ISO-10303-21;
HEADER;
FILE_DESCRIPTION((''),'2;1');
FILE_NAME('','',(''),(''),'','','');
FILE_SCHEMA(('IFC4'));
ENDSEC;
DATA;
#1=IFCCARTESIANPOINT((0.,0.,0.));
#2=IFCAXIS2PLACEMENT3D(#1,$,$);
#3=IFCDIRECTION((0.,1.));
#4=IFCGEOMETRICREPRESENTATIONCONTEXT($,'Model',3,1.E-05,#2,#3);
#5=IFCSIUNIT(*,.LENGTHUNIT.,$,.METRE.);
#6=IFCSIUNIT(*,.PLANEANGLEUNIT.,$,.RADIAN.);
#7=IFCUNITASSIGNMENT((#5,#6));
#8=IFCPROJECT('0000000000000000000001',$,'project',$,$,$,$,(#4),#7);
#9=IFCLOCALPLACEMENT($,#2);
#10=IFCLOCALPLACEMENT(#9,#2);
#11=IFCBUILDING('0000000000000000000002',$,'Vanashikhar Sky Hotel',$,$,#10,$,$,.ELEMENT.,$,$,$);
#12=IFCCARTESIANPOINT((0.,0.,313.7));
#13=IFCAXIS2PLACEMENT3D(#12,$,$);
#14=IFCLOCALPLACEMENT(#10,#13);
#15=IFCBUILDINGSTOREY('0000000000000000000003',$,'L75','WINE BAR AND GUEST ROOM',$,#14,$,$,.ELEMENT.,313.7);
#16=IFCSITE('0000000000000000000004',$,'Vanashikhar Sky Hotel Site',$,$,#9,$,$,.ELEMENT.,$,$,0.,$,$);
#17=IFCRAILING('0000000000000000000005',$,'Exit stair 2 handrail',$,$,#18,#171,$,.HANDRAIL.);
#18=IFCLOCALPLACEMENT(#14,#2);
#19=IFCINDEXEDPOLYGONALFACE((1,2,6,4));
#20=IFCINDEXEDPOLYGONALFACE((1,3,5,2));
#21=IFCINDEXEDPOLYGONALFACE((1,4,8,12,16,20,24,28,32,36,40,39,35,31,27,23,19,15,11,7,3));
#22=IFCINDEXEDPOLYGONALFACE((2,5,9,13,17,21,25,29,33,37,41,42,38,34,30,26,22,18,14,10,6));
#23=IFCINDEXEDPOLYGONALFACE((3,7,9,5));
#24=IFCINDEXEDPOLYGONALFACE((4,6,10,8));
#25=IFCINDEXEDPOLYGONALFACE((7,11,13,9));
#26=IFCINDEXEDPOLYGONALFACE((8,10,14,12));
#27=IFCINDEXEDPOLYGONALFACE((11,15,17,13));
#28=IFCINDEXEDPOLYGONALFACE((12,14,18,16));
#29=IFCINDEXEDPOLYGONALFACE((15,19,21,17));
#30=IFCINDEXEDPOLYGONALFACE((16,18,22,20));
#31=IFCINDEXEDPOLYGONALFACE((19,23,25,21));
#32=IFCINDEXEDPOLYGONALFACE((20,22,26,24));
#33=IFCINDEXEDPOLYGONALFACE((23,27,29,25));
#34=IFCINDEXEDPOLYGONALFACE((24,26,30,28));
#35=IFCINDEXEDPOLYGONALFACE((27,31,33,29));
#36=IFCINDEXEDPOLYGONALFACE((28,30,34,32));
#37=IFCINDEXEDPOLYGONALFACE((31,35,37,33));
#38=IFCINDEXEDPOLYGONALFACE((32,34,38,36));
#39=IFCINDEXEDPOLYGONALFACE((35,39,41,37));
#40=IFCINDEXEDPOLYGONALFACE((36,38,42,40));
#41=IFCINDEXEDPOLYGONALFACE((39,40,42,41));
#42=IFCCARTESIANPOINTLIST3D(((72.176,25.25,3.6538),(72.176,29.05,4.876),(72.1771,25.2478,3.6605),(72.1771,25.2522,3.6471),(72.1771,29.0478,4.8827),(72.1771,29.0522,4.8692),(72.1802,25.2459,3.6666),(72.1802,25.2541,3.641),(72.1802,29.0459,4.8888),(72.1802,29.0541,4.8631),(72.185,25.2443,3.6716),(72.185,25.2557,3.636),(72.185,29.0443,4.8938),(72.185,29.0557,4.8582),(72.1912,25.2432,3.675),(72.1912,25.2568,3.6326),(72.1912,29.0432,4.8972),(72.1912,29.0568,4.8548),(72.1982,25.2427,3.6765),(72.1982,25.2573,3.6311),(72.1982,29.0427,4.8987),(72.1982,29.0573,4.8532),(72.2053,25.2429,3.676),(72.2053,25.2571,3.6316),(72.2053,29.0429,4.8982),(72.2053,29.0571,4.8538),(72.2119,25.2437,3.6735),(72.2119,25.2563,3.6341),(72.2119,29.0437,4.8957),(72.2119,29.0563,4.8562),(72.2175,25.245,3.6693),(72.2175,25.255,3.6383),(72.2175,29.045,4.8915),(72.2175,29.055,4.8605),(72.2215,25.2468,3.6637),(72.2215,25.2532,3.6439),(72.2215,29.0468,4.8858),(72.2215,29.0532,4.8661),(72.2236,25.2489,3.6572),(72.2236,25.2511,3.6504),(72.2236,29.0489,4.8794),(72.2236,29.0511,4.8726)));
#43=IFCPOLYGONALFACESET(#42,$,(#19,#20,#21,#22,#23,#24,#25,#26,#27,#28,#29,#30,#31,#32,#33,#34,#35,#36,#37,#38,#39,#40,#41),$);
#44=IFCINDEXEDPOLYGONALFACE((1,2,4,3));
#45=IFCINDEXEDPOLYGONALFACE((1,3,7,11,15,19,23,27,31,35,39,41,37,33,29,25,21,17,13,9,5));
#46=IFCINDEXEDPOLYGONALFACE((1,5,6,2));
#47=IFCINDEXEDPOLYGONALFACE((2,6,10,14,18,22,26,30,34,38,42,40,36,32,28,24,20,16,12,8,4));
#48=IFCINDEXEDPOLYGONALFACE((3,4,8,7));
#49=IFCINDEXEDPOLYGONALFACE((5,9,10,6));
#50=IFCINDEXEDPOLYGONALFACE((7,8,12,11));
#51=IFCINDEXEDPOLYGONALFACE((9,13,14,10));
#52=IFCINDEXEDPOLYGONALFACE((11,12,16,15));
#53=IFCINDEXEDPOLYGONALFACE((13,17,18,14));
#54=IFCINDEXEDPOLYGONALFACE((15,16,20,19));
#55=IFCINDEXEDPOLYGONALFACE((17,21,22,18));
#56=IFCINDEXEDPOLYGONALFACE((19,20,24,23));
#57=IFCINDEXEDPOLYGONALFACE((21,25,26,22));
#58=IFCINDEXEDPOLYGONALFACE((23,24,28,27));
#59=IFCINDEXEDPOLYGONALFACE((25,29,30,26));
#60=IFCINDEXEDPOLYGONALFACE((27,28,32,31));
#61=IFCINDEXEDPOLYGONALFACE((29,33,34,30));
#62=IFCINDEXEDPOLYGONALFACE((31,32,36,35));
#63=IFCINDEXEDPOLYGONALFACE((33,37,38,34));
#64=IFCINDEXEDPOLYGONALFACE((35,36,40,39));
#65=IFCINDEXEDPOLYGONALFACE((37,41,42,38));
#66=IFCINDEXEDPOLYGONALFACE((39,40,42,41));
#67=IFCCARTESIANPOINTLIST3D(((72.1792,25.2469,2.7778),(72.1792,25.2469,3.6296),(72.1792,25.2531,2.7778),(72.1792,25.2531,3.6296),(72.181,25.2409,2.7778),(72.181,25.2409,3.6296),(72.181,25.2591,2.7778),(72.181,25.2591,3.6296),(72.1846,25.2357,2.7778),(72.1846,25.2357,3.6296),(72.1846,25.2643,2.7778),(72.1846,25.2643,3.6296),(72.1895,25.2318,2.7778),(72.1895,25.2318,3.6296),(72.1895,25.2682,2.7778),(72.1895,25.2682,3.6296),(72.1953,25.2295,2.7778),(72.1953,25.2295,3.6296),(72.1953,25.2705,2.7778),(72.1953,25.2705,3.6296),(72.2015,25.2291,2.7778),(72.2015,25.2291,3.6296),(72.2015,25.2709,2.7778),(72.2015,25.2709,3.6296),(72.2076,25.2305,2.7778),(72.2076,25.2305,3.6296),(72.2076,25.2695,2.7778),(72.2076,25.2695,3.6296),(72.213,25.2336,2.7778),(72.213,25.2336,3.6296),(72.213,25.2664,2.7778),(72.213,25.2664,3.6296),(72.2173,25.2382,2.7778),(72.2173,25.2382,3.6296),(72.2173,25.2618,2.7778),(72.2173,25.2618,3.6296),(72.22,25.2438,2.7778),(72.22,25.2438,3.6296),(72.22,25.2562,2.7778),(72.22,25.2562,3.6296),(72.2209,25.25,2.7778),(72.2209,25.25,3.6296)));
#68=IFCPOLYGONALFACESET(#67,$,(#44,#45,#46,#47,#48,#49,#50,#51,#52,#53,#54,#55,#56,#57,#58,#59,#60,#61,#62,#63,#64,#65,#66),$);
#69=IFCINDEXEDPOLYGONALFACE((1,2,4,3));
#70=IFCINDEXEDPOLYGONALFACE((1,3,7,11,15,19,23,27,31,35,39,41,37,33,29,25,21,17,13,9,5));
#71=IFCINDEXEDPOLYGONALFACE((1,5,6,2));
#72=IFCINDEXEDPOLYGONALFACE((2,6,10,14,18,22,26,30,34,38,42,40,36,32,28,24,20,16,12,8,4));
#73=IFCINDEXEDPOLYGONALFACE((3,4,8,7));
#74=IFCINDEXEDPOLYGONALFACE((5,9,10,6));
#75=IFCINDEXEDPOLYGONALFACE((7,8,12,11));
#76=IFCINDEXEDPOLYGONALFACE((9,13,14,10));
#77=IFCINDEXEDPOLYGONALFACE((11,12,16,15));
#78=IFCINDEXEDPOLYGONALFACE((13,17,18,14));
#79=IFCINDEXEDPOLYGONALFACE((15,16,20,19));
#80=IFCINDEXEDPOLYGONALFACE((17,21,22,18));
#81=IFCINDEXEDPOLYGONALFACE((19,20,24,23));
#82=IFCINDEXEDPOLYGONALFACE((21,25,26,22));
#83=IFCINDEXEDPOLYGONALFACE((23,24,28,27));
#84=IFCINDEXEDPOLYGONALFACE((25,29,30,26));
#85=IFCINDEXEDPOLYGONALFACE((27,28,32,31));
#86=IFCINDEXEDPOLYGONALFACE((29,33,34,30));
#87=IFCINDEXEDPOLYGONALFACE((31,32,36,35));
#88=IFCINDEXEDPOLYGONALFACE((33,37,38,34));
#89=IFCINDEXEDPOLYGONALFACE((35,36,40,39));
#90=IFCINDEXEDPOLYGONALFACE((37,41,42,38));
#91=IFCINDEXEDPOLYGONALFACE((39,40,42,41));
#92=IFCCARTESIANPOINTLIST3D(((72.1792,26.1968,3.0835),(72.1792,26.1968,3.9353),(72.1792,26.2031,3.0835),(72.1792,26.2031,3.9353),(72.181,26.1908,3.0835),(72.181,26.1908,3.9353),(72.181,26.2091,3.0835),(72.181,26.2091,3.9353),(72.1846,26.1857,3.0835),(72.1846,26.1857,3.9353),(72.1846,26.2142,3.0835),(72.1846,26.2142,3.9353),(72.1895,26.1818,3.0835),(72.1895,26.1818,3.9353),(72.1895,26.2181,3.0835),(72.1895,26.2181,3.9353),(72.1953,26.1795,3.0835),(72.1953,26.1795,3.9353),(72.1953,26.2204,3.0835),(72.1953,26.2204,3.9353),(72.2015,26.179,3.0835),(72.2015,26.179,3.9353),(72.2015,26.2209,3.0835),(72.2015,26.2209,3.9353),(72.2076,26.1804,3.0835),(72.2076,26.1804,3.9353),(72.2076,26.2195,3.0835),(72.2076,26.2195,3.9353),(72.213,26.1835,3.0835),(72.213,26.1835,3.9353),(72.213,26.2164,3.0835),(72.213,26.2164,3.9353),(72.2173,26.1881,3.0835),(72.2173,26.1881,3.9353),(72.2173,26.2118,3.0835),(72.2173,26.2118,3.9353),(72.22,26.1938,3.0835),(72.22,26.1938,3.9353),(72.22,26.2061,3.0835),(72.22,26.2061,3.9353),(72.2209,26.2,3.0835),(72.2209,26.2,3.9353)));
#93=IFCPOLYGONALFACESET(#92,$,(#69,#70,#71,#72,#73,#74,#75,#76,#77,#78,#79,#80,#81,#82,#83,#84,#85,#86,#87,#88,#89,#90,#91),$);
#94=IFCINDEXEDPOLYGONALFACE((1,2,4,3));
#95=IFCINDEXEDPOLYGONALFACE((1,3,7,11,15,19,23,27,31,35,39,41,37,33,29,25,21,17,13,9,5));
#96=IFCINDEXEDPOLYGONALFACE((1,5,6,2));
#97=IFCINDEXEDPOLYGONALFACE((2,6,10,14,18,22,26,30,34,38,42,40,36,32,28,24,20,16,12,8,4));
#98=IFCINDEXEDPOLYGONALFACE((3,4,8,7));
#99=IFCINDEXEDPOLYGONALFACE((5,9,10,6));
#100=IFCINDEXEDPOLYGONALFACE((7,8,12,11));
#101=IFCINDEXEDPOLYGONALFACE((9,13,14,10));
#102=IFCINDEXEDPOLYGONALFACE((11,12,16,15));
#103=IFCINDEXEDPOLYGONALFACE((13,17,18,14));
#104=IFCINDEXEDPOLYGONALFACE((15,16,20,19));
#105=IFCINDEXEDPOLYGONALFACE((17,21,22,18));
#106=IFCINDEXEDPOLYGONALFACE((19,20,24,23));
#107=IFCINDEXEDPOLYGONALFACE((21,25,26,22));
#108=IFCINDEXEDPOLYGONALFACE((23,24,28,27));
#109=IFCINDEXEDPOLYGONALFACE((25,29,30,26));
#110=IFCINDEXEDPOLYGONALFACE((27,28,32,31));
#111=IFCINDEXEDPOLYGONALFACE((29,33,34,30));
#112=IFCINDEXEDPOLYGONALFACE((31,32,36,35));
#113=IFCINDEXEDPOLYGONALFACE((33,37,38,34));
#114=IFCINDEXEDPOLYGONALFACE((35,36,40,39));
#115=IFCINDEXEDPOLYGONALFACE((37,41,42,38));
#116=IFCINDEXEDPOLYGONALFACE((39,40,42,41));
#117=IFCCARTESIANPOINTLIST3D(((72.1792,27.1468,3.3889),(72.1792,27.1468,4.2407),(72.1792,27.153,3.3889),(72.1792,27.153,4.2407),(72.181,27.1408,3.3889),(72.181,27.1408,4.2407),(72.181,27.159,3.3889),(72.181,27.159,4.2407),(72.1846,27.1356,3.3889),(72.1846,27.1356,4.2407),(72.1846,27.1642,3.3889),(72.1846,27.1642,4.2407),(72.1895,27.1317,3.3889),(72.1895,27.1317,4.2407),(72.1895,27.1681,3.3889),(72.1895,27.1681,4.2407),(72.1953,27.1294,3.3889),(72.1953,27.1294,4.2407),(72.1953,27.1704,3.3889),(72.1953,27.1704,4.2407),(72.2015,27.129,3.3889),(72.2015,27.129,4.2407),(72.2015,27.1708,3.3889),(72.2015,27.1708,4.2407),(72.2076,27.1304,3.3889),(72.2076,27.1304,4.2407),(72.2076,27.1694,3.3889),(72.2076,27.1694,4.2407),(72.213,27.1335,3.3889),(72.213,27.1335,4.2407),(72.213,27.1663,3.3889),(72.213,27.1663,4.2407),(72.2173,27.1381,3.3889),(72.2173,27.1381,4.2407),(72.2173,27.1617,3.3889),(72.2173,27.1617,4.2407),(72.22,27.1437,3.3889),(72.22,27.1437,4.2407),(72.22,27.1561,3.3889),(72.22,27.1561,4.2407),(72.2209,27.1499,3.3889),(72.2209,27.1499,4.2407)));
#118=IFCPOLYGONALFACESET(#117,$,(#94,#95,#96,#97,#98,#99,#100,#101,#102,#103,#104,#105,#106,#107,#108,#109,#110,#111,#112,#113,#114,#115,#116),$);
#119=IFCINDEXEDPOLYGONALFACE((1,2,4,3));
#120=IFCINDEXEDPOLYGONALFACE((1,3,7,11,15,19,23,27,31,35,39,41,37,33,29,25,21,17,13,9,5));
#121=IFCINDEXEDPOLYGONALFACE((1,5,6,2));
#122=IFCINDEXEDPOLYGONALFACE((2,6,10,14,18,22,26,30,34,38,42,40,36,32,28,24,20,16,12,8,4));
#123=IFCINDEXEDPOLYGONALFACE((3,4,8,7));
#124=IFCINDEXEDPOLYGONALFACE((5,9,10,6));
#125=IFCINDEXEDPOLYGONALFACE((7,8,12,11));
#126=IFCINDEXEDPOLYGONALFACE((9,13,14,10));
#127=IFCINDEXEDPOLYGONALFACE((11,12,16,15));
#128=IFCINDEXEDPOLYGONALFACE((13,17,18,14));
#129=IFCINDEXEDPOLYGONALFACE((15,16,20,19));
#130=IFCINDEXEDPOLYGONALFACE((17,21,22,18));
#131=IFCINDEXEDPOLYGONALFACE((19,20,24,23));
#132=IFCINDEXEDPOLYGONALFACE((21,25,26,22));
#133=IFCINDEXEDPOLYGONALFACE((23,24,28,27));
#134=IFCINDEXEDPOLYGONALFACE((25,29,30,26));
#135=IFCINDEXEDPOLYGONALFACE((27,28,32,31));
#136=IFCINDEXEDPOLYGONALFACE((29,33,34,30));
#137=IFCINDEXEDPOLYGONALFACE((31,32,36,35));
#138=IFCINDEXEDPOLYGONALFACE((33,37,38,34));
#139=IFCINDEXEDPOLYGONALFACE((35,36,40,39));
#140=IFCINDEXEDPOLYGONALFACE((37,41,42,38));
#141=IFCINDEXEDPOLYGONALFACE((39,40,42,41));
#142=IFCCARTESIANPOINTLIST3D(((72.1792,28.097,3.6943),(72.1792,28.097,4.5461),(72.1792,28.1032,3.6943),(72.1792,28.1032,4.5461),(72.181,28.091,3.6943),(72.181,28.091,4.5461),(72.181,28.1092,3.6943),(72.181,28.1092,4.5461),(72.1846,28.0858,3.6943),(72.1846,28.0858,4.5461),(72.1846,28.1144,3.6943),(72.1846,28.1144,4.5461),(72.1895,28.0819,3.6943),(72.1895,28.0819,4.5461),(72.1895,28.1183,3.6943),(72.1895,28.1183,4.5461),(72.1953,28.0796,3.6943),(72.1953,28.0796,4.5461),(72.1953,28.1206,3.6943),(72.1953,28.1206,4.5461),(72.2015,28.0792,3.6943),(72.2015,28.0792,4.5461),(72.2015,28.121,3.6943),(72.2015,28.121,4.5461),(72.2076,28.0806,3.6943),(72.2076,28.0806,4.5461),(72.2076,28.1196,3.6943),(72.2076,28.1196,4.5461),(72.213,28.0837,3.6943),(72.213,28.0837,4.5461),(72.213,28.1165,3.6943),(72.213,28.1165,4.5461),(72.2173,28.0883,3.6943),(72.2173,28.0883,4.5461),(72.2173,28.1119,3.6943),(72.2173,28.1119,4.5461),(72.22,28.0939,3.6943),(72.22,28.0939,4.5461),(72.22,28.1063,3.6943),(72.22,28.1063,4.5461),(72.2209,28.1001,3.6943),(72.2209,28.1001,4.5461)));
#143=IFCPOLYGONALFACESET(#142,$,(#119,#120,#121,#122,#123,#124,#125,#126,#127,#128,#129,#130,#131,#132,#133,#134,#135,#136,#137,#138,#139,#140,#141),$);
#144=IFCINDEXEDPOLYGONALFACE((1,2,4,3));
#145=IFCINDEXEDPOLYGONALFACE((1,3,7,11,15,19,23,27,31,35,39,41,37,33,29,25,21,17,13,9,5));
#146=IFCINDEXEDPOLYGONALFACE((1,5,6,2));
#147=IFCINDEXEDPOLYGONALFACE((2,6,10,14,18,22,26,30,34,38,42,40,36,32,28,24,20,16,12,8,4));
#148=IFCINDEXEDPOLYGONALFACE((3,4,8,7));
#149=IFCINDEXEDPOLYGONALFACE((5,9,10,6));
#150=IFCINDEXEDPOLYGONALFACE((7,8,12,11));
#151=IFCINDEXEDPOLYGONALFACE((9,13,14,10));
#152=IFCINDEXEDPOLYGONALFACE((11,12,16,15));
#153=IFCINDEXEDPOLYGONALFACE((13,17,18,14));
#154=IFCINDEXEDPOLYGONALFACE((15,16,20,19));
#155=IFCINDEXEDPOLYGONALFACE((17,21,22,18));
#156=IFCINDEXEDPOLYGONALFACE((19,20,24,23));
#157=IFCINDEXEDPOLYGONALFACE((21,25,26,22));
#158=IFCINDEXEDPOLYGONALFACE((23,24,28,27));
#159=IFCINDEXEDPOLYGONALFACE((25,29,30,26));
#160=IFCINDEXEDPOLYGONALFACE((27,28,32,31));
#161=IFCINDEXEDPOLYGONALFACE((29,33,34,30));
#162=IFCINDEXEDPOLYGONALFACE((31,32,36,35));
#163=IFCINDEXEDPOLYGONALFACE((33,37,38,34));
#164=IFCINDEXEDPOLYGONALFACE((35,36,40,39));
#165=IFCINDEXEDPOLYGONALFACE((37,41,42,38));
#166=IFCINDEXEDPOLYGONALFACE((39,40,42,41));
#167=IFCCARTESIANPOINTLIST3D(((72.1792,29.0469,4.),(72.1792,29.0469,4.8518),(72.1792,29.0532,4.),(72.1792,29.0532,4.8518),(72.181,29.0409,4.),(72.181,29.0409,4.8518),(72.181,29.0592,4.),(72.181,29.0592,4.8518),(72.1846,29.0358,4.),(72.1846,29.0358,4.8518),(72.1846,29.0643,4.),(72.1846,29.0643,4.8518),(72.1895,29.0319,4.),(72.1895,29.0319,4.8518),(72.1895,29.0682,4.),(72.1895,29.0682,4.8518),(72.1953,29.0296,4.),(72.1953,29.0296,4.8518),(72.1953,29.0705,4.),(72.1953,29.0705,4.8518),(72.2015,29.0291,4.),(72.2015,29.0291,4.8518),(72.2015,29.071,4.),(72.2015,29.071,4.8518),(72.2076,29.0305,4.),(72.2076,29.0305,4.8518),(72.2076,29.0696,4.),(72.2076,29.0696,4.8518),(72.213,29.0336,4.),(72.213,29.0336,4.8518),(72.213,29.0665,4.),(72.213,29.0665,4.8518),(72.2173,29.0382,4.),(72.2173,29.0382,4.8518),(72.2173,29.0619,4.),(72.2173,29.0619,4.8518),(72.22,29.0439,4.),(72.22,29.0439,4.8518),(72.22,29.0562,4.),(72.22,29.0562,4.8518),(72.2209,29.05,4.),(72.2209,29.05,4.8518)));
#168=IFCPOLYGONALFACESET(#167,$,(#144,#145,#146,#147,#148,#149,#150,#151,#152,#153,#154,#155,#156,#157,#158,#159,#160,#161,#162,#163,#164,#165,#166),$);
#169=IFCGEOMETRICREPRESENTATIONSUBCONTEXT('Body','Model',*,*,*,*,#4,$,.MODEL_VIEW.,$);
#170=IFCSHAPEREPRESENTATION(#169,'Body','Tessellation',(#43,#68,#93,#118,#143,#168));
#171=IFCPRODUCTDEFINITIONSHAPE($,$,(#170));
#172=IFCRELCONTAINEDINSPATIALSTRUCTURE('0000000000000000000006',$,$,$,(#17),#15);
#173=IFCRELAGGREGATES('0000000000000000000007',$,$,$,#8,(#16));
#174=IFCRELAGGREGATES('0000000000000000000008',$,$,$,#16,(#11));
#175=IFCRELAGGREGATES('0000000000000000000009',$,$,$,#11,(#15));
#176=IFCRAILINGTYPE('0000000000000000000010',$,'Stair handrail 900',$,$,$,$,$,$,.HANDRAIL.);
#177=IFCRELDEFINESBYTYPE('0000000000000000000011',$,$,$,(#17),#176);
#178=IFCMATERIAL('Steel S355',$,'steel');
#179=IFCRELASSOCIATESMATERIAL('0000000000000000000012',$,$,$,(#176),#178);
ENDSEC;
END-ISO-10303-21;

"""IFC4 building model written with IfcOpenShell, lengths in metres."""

from ifc_helpers import new_model, si_unit, direction, frame, origin, origin_2d, place, context, subcontext, project, spatial, circle, extrude, source, transform, mapped, material, type_object, element, save


model = new_model("IFC4")

# Units and contexts
model_context = context("Model", 3, precision=1e-05, world=origin(), true_north=direction((0.0, 1.0)))
body_context = subcontext(model_context, "Body", "Model", "MODEL_VIEW")
ifc_project = project(units=[si_unit("LENGTHUNIT", "METRE"), si_unit("PLANEANGLEUNIT", "RADIAN")], contexts=[model_context])

# Site, building, storey
site_placement = place(None, origin())
site = spatial("IfcSite", under=ifc_project, at=site_placement, Name="Vanashikhar Sky Hotel Site", CompositionType="ELEMENT", RefElevation=0.0)
building_placement = place(site_placement, origin())
building = spatial("IfcBuilding", under=site, at=building_placement, Name="Vanashikhar Sky Hotel", CompositionType="ELEMENT")
storey_placement = place(building_placement, frame((0.0, 0.0, 313.7)))
storey = spatial("IfcBuildingStorey", under=building, at=storey_placement, Name="L75", Description="WINE BAR AND GUEST ROOM", CompositionType="ELEMENT", Elevation=313.7)

# Railing
ifc_material_1 = material(Name="Steel S355", Category="steel")
railing_type_1 = type_object("IfcRailingType", Name="Stair handrail 900", PredefinedType="HANDRAIL", material=ifc_material_1)
shared_shape_1 = source(origin(), body_context, "Body", "SweptSolid", [
    extrude(circle(Radius=0.0239, at=origin_2d()), frame((0.0, 0.0, 0.876), z_axis=(0.0, 0.951976, 0.306173), x_axis=(-1.0, 0.0, 0.0)), (0.0, 0.0, 1.0), 3.9917),
    extrude(circle(Radius=0.021, at=origin_2d()), origin(), (0.0, 0.0, 1.0), 0.8518),
    extrude(circle(Radius=0.021, at=origin_2d()), frame((0.0, 0.95, 0.3057)), (0.0, 0.0, 1.0), 0.8518),
    extrude(circle(Radius=0.021, at=origin_2d()), frame((0.0, 1.8999, 0.6111)), (0.0, 0.0, 1.0), 0.8518),
    extrude(circle(Radius=0.021, at=origin_2d()), frame((0.0, 2.8501, 0.9165)), (0.0, 0.0, 1.0), 0.8518),
    extrude(circle(Radius=0.021, at=origin_2d()), frame((0.0, 3.8, 1.2222)), (0.0, 0.0, 1.0), 0.8518),
])
railing_1_placement = place(storey_placement, frame((72.2, 25.25, 2.7778)))
element("IfcRailing", 1, at=railing_1_placement, inside=storey, type_object=railing_type_1, Name="Exit stair 2 handrail", PredefinedType="HANDRAIL", context=body_context, shape_type="MappedRepresentation", body=[
    mapped(shared_shape_1, transform((0.0, 0.0, 0.0), scale=1.0)),
])

save(model, "model.ifc")
